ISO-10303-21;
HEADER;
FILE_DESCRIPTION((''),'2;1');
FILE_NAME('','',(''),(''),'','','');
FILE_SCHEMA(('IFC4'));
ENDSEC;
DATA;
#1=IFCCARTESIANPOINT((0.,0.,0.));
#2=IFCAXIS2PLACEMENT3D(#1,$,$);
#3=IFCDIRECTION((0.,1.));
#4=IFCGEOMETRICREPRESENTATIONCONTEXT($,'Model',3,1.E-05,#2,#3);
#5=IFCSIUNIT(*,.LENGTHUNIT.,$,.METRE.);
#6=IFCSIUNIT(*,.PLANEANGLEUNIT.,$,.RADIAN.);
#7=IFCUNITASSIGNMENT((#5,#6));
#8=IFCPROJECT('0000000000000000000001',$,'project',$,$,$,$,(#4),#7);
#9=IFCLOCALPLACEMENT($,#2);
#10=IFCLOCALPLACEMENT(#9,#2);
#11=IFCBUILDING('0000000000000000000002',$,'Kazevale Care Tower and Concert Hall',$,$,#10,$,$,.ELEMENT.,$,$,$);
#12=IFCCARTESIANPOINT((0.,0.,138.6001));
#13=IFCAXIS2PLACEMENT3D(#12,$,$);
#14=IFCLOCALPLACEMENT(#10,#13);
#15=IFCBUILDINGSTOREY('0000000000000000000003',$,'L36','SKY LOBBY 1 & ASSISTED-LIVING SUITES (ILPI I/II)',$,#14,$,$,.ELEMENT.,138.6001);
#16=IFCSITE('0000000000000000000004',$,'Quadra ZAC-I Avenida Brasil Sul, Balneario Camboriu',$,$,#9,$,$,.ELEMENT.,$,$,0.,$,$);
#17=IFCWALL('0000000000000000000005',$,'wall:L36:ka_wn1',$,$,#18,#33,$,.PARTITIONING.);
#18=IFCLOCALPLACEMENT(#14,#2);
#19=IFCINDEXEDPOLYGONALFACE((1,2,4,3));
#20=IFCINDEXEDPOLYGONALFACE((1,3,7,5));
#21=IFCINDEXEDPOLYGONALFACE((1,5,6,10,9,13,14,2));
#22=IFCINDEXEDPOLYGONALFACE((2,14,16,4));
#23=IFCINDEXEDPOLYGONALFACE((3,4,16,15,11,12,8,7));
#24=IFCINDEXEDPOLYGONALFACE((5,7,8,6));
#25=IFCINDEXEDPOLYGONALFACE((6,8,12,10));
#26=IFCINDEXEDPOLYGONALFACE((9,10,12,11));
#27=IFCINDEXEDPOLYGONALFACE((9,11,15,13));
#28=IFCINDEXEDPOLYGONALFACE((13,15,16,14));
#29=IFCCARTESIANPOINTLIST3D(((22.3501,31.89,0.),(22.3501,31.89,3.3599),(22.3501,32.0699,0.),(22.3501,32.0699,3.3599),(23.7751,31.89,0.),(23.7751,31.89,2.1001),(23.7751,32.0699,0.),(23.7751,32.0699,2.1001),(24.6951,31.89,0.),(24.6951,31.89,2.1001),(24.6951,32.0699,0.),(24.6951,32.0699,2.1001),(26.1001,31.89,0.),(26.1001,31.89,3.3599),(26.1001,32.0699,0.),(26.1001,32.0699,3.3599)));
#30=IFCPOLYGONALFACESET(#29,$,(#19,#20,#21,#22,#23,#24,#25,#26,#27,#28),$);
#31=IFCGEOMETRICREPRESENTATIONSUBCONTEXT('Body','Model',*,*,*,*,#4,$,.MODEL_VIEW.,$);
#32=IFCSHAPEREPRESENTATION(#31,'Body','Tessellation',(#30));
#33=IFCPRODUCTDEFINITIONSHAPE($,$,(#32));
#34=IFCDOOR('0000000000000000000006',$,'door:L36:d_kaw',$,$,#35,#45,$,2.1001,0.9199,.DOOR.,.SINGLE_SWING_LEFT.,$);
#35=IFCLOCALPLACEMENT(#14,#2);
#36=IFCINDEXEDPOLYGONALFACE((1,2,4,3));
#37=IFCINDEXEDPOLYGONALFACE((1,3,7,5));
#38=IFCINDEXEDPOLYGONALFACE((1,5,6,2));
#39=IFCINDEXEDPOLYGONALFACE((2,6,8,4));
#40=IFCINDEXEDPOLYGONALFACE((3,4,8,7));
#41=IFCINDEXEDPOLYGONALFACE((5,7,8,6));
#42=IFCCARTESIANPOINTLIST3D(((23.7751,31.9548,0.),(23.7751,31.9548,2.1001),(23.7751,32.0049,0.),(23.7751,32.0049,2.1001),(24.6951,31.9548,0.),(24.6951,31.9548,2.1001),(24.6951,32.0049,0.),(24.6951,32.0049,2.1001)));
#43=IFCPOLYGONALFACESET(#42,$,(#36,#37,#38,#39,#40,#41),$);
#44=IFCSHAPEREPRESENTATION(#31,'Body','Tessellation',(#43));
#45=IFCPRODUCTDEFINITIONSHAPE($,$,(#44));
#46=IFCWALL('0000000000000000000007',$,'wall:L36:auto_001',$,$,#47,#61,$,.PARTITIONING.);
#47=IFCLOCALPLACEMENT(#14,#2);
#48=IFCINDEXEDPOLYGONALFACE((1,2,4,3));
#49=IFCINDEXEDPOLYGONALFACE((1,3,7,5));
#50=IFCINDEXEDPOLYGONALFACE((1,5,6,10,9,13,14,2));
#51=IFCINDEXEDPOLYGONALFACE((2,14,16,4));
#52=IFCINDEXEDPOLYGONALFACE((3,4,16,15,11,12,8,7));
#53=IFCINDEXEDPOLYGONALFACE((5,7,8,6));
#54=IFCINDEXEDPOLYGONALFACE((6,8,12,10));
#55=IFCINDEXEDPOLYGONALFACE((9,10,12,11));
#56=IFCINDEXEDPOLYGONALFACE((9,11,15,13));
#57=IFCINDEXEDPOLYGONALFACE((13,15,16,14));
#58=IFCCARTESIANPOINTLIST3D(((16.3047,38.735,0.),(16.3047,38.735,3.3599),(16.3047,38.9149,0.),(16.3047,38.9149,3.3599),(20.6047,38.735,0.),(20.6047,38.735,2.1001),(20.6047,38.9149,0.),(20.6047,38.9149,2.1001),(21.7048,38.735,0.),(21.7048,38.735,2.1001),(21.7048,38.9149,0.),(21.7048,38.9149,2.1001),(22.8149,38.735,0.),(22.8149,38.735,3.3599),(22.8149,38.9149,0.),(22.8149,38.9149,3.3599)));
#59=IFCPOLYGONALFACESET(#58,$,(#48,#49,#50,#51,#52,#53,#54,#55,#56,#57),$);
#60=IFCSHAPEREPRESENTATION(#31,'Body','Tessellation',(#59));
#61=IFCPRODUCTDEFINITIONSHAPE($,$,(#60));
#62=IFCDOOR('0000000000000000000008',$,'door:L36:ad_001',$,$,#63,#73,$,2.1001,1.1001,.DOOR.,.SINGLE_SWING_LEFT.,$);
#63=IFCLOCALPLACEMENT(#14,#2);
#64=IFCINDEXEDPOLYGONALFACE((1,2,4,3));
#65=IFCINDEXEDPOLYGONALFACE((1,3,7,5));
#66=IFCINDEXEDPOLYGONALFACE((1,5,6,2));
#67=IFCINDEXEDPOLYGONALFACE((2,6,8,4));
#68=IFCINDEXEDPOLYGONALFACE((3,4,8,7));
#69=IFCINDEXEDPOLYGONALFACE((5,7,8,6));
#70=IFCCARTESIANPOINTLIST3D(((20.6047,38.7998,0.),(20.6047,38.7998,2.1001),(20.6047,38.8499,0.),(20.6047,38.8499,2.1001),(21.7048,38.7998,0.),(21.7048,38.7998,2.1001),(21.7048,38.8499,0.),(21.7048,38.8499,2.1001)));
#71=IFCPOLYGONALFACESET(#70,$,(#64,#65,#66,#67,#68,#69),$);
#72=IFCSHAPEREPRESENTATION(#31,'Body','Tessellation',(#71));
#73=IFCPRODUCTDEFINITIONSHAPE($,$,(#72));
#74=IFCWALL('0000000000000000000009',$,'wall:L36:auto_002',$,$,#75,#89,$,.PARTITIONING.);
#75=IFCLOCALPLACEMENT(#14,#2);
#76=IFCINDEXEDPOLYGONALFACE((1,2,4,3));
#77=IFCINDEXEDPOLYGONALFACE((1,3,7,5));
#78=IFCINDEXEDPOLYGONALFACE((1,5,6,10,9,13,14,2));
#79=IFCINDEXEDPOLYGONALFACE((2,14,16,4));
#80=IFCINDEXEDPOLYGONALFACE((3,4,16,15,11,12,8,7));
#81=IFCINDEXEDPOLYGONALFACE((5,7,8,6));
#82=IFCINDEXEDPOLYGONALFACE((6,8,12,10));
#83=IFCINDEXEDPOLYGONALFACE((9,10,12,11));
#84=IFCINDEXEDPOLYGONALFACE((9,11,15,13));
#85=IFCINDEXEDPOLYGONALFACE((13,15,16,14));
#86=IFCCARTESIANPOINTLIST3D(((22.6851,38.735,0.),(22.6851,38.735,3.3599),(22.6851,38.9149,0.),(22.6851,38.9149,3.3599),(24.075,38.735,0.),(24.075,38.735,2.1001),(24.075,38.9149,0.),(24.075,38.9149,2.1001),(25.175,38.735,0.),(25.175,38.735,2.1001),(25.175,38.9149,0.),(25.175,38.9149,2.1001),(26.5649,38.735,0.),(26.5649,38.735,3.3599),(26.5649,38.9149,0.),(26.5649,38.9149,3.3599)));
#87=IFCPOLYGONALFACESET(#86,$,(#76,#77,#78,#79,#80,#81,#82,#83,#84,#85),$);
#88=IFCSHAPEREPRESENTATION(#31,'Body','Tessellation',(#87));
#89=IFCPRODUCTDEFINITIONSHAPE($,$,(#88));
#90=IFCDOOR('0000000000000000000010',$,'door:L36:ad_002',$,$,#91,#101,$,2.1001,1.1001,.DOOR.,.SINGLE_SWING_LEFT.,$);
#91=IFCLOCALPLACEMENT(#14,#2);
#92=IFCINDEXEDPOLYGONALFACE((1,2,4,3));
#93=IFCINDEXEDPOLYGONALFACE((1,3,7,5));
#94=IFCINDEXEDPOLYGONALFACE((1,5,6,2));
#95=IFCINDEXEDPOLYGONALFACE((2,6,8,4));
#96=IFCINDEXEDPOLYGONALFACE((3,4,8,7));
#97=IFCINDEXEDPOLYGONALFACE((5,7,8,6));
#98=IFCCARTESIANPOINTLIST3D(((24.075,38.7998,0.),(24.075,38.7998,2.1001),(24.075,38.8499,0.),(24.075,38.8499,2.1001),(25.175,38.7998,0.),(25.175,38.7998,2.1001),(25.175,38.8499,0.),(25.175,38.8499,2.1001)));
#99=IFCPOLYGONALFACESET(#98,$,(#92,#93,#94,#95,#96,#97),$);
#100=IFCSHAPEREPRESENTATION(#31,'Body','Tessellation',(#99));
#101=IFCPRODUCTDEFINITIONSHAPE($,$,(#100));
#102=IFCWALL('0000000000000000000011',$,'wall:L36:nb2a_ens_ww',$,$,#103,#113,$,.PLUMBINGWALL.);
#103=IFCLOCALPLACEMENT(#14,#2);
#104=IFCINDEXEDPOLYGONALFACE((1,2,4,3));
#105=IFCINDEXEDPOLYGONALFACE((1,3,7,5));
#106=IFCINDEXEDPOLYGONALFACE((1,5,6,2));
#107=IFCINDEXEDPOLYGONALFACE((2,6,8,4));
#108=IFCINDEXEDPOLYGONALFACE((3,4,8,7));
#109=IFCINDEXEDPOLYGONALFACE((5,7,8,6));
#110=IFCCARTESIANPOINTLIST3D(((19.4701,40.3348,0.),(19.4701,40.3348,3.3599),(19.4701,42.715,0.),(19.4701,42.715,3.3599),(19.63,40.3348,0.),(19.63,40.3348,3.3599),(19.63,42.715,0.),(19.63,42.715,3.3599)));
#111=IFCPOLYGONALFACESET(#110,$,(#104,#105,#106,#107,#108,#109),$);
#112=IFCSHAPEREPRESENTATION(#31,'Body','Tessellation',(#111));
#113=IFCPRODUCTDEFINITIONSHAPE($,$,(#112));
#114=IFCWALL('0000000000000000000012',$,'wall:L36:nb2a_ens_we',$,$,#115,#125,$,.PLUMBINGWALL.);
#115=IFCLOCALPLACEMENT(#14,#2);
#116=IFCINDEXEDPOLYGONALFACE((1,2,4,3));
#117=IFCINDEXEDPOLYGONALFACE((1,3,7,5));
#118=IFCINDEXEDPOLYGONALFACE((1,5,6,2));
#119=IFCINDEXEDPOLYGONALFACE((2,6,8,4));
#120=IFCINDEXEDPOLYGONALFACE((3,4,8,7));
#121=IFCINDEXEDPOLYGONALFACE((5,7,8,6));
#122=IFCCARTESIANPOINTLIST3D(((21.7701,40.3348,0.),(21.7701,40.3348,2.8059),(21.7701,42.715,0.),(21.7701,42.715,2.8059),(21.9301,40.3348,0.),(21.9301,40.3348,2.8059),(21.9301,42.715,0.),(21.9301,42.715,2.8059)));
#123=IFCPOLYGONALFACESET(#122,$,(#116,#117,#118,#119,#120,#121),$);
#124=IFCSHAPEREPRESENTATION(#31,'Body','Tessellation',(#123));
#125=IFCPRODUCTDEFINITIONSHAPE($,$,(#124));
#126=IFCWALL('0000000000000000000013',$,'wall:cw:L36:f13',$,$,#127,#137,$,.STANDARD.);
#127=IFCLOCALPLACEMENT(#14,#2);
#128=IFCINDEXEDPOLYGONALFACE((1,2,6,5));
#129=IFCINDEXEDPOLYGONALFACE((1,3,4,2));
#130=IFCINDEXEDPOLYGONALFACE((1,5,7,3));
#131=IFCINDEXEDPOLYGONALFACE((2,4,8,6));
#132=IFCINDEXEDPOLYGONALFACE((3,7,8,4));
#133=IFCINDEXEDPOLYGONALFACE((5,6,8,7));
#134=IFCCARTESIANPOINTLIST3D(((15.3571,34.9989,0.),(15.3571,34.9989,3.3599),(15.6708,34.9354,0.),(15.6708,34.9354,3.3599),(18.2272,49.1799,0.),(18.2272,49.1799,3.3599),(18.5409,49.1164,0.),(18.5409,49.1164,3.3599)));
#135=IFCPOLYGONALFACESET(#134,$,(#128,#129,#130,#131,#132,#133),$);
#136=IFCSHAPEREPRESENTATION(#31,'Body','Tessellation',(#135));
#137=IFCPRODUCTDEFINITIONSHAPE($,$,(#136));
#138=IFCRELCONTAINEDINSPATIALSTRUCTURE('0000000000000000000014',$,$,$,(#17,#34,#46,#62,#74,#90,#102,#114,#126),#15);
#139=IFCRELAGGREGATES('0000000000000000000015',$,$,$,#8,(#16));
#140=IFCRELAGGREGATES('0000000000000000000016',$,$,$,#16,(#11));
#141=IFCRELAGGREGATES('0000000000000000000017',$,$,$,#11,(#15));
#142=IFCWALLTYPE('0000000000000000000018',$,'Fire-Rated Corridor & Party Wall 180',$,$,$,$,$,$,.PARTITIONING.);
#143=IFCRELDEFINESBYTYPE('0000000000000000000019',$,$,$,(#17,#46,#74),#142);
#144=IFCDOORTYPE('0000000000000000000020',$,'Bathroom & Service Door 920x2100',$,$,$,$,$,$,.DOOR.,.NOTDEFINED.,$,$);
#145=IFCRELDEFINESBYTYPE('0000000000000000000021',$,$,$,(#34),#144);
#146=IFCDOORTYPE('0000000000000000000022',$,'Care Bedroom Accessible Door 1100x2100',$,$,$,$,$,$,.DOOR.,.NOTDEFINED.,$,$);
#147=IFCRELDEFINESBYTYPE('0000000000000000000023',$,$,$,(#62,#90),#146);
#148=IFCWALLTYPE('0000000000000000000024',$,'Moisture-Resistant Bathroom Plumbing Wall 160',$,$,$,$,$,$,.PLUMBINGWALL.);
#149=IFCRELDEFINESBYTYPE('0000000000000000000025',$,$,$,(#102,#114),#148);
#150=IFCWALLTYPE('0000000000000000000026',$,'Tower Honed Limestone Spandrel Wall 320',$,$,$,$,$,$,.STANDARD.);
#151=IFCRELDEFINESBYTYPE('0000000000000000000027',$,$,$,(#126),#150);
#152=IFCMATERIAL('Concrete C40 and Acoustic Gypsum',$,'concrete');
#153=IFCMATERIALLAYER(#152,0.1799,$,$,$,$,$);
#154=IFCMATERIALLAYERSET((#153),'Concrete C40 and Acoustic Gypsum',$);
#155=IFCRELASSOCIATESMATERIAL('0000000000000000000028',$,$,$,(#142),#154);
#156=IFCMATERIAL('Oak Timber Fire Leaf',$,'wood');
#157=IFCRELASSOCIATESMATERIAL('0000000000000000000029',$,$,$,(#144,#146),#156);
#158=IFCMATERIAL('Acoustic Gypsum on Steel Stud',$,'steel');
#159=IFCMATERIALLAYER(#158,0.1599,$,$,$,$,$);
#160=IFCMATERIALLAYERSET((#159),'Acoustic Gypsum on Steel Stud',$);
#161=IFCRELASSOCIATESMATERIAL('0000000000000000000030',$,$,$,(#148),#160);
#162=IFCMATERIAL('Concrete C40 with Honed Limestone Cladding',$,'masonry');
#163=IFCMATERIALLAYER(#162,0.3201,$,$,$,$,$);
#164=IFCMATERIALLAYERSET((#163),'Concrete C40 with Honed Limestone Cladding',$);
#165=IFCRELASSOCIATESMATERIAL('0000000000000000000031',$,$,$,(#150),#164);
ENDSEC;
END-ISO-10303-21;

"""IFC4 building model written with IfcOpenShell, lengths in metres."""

from ifc_helpers import new_model, si_unit, direction, frame, frame_2d, origin, place, context, subcontext, project, spatial, rectangle, extrude, material, layer, layer_set, type_object, element, fill, save


model = new_model("IFC4")

# Units and contexts
model_context = context("Model", 3, precision=1e-05, world=origin(), true_north=direction((0.0, 1.0)))
body_context = subcontext(model_context, "Body", "Model", "MODEL_VIEW")
ifc_project = project(units=[si_unit("LENGTHUNIT", "METRE"), si_unit("PLANEANGLEUNIT", "RADIAN")], contexts=[model_context])

# Site, building, storey
site_placement = place(None, origin())
site = spatial("IfcSite", under=ifc_project, at=site_placement, Name="Quadra ZAC-I Avenida Brasil Sul, Balneario Camboriu", CompositionType="ELEMENT", RefElevation=0.0)
building_placement = place(site_placement, origin())
building = spatial("IfcBuilding", under=site, at=building_placement, Name="Kazevale Care Tower and Concert Hall", CompositionType="ELEMENT")
storey_placement = place(building_placement, frame((0.0, 0.0, 138.6001)))
storey = spatial("IfcBuildingStorey", under=building, at=storey_placement, Name="L36", Description="SKY LOBBY 1 & ASSISTED-LIVING SUITES (ILPI I/II)", CompositionType="ELEMENT", Elevation=138.6001)

# Walls, openings, doors
ifc_material_1 = material(Name="Concrete C40 and Acoustic Gypsum", Category="concrete")
ifc_layer_1 = layer(ifc_material_1, 0.1799)
ifc_layer_set_1 = layer_set([ifc_layer_1], Name="Concrete C40 and Acoustic Gypsum")
wall_type_1 = type_object("IfcWallType", Name="Fire-Rated Corridor & Party Wall 180", PredefinedType="PARTITIONING", material=ifc_layer_set_1)
wall_1_placement = place(storey_placement, frame((22.3501, 31.98, 0.0), z_axis=(0.0, 0.0, 1.0), x_axis=(1.0, 0.0, 0.0)))
wall_1 = element("IfcWall", 1, at=wall_1_placement, inside=storey, type_object=wall_type_1, Name="wall:L36:ka_wn1", PredefinedType="PARTITIONING", context=body_context, shape_type="SweptSolid", body=[
    extrude(rectangle(XDim=3.75, YDim=0.1799, at=frame_2d((1.875, 0.0))), origin(), (0.0, 0.0, 1.0), 3.3599),
])
opening_1_placement = place(wall_1_placement, frame((1.425, 0.0, 0.0)))
opening_1 = element("IfcOpeningElement", 2, at=opening_1_placement, cuts=wall_1, PredefinedType="OPENING", context=body_context, shape_type="SweptSolid", body=[
    extrude(rectangle(XDim=0.9199, YDim=2.1001, at=frame_2d((0.46, 1.05))), frame((0.0, 0.0999, 0.0), z_axis=(0.0, -1.0, 0.0), x_axis=(1.0, 0.0, 0.0)), (0.0, 0.0, 1.0), 0.2),
])
ifc_material_2 = material(Name="Oak Timber Fire Leaf", Category="wood")
door_type_1 = type_object("IfcDoorType", Name="Bathroom & Service Door 920x2100", OperationType="NOTDEFINED", PredefinedType="DOOR", material=ifc_material_2)
door_1_placement = place(opening_1_placement, origin())
door_1 = element("IfcDoor", 3, at=door_1_placement, inside=storey, type_object=door_type_1, Name="door:L36:d_kaw", OperationType="SINGLE_SWING_LEFT", OverallHeight=2.1001, OverallWidth=0.9199, PredefinedType="DOOR", context=body_context, shape_type="SweptSolid", body=[
    extrude(rectangle(XDim=0.9199, YDim=2.1001, at=frame_2d((0.46, 1.05))), frame((0.0, 0.0249, 0.0), z_axis=(0.0, -1.0, 0.0), x_axis=(1.0, 0.0, 0.0)), (0.0, 0.0, 1.0), 0.05),
])
fill(opening_1, door_1)
wall_2_placement = place(storey_placement, frame((16.3047, 38.825, 0.0), z_axis=(0.0, 0.0, 1.0), x_axis=(1.0, 0.0, 0.0)))
wall_2 = element("IfcWall", 4, at=wall_2_placement, inside=storey, type_object=wall_type_1, Name="wall:L36:auto_001", PredefinedType="PARTITIONING", context=body_context, shape_type="SweptSolid", body=[
    extrude(rectangle(XDim=6.5103, YDim=0.1799, at=frame_2d((3.2551, 0.0))), origin(), (0.0, 0.0, 1.0), 3.3599),
])
opening_2_placement = place(wall_2_placement, frame((4.3, 0.0, 0.0)))
opening_2 = element("IfcOpeningElement", 5, at=opening_2_placement, cuts=wall_2, PredefinedType="OPENING", context=body_context, shape_type="SweptSolid", body=[
    extrude(rectangle(XDim=1.1001, YDim=2.1001, at=frame_2d((0.55, 1.05))), frame((0.0, 0.0999, 0.0), z_axis=(0.0, -1.0, 0.0), x_axis=(1.0, 0.0, 0.0)), (0.0, 0.0, 1.0), 0.2),
])
door_type_2 = type_object("IfcDoorType", Name="Care Bedroom Accessible Door 1100x2100", OperationType="NOTDEFINED", PredefinedType="DOOR", material=ifc_material_2)
door_2_placement = place(opening_2_placement, origin())
door_2 = element("IfcDoor", 6, at=door_2_placement, inside=storey, type_object=door_type_2, Name="door:L36:ad_001", OperationType="SINGLE_SWING_LEFT", OverallHeight=2.1001, OverallWidth=1.1001, PredefinedType="DOOR", context=body_context, shape_type="SweptSolid", body=[
    extrude(rectangle(XDim=1.1001, YDim=2.1001, at=frame_2d((0.55, 1.05))), frame((0.0, 0.0249, 0.0), z_axis=(0.0, -1.0, 0.0), x_axis=(1.0, 0.0, 0.0)), (0.0, 0.0, 1.0), 0.05),
])
fill(opening_2, door_2)
wall_3_placement = place(storey_placement, frame((22.6851, 38.825, 0.0), z_axis=(0.0, 0.0, 1.0), x_axis=(1.0, 0.0, 0.0)))
wall_3 = element("IfcWall", 7, at=wall_3_placement, inside=storey, type_object=wall_type_1, Name="wall:L36:auto_002", PredefinedType="PARTITIONING", context=body_context, shape_type="SweptSolid", body=[
    extrude(rectangle(XDim=3.8799, YDim=0.1799, at=frame_2d((1.9399, 0.0))), origin(), (0.0, 0.0, 1.0), 3.3599),
])
opening_3_placement = place(wall_3_placement, frame((1.3899, 0.0, 0.0)))
opening_3 = element("IfcOpeningElement", 8, at=opening_3_placement, cuts=wall_3, PredefinedType="OPENING", context=body_context, shape_type="SweptSolid", body=[
    extrude(rectangle(XDim=1.1001, YDim=2.1001, at=frame_2d((0.55, 1.05))), frame((0.0, 0.0999, 0.0), z_axis=(0.0, -1.0, 0.0), x_axis=(1.0, 0.0, 0.0)), (0.0, 0.0, 1.0), 0.2),
])
door_3_placement = place(opening_3_placement, origin())
door_3 = element("IfcDoor", 9, at=door_3_placement, inside=storey, type_object=door_type_2, Name="door:L36:ad_002", OperationType="SINGLE_SWING_LEFT", OverallHeight=2.1001, OverallWidth=1.1001, PredefinedType="DOOR", context=body_context, shape_type="SweptSolid", body=[
    extrude(rectangle(XDim=1.1001, YDim=2.1001, at=frame_2d((0.55, 1.05))), frame((0.0, 0.0249, 0.0), z_axis=(0.0, -1.0, 0.0), x_axis=(1.0, 0.0, 0.0)), (0.0, 0.0, 1.0), 0.05),
])
fill(opening_3, door_3)

# Walls
ifc_material_3 = material(Name="Acoustic Gypsum on Steel Stud", Category="steel")
ifc_layer_2 = layer(ifc_material_3, 0.1599)
ifc_layer_set_2 = layer_set([ifc_layer_2], Name="Acoustic Gypsum on Steel Stud")
wall_type_2 = type_object("IfcWallType", Name="Moisture-Resistant Bathroom Plumbing Wall 160", PredefinedType="PLUMBINGWALL", material=ifc_layer_set_2)
wall_4_placement = place(storey_placement, frame((19.55, 40.335, 0.0), z_axis=(0.0, 0.0, 1.0), x_axis=(0.0, 1.0, 0.0)))
element("IfcWall", 10, at=wall_4_placement, inside=storey, type_object=wall_type_2, Name="wall:L36:nb2a_ens_ww", PredefinedType="PLUMBINGWALL", context=body_context, shape_type="SweptSolid", body=[
    extrude(rectangle(XDim=2.3801, YDim=0.1599, at=frame_2d((1.1899, 0.0))), origin(), (0.0, 0.0, 1.0), 3.3599),
])
wall_5_placement = place(storey_placement, frame((21.8501, 40.335, 0.0), z_axis=(0.0, 0.0, 1.0), x_axis=(0.0, 1.0, 0.0)))
element("IfcWall", 11, at=wall_5_placement, inside=storey, type_object=wall_type_2, Name="wall:L36:nb2a_ens_we", PredefinedType="PLUMBINGWALL", context=body_context, shape_type="SweptSolid", body=[
    extrude(rectangle(XDim=2.3801, YDim=0.1599, at=frame_2d((1.1899, 0.0))), origin(), (0.0, 0.0, 1.0), 2.8059),
])
ifc_material_4 = material(Name="Concrete C40 with Honed Limestone Cladding", Category="masonry")
ifc_layer_3 = layer(ifc_material_4, 0.3201)
ifc_layer_set_3 = layer_set([ifc_layer_3], Name="Concrete C40 with Honed Limestone Cladding")
wall_type_3 = type_object("IfcWallType", Name="Tower Honed Limestone Spandrel Wall 320", PredefinedType="STANDARD", material=ifc_layer_set_3)
wall_6_placement = place(storey_placement, frame((15.5139, 34.967, 0.0), z_axis=(0.0, 0.0, 1.0), x_axis=(0.198371, 0.980127, 0.0)))
element("IfcWall", 12, at=wall_6_placement, inside=storey, type_object=wall_type_3, Name="wall:cw:L36:f13", PredefinedType="STANDARD", context=body_context, shape_type="SweptSolid", body=[
    extrude(rectangle(XDim=14.4685, YDim=0.3201, at=frame_2d((7.2344, 0.0))), origin(), (0.0, 0.0, 1.0), 3.3599),
])

save(model, "model.ifc")
